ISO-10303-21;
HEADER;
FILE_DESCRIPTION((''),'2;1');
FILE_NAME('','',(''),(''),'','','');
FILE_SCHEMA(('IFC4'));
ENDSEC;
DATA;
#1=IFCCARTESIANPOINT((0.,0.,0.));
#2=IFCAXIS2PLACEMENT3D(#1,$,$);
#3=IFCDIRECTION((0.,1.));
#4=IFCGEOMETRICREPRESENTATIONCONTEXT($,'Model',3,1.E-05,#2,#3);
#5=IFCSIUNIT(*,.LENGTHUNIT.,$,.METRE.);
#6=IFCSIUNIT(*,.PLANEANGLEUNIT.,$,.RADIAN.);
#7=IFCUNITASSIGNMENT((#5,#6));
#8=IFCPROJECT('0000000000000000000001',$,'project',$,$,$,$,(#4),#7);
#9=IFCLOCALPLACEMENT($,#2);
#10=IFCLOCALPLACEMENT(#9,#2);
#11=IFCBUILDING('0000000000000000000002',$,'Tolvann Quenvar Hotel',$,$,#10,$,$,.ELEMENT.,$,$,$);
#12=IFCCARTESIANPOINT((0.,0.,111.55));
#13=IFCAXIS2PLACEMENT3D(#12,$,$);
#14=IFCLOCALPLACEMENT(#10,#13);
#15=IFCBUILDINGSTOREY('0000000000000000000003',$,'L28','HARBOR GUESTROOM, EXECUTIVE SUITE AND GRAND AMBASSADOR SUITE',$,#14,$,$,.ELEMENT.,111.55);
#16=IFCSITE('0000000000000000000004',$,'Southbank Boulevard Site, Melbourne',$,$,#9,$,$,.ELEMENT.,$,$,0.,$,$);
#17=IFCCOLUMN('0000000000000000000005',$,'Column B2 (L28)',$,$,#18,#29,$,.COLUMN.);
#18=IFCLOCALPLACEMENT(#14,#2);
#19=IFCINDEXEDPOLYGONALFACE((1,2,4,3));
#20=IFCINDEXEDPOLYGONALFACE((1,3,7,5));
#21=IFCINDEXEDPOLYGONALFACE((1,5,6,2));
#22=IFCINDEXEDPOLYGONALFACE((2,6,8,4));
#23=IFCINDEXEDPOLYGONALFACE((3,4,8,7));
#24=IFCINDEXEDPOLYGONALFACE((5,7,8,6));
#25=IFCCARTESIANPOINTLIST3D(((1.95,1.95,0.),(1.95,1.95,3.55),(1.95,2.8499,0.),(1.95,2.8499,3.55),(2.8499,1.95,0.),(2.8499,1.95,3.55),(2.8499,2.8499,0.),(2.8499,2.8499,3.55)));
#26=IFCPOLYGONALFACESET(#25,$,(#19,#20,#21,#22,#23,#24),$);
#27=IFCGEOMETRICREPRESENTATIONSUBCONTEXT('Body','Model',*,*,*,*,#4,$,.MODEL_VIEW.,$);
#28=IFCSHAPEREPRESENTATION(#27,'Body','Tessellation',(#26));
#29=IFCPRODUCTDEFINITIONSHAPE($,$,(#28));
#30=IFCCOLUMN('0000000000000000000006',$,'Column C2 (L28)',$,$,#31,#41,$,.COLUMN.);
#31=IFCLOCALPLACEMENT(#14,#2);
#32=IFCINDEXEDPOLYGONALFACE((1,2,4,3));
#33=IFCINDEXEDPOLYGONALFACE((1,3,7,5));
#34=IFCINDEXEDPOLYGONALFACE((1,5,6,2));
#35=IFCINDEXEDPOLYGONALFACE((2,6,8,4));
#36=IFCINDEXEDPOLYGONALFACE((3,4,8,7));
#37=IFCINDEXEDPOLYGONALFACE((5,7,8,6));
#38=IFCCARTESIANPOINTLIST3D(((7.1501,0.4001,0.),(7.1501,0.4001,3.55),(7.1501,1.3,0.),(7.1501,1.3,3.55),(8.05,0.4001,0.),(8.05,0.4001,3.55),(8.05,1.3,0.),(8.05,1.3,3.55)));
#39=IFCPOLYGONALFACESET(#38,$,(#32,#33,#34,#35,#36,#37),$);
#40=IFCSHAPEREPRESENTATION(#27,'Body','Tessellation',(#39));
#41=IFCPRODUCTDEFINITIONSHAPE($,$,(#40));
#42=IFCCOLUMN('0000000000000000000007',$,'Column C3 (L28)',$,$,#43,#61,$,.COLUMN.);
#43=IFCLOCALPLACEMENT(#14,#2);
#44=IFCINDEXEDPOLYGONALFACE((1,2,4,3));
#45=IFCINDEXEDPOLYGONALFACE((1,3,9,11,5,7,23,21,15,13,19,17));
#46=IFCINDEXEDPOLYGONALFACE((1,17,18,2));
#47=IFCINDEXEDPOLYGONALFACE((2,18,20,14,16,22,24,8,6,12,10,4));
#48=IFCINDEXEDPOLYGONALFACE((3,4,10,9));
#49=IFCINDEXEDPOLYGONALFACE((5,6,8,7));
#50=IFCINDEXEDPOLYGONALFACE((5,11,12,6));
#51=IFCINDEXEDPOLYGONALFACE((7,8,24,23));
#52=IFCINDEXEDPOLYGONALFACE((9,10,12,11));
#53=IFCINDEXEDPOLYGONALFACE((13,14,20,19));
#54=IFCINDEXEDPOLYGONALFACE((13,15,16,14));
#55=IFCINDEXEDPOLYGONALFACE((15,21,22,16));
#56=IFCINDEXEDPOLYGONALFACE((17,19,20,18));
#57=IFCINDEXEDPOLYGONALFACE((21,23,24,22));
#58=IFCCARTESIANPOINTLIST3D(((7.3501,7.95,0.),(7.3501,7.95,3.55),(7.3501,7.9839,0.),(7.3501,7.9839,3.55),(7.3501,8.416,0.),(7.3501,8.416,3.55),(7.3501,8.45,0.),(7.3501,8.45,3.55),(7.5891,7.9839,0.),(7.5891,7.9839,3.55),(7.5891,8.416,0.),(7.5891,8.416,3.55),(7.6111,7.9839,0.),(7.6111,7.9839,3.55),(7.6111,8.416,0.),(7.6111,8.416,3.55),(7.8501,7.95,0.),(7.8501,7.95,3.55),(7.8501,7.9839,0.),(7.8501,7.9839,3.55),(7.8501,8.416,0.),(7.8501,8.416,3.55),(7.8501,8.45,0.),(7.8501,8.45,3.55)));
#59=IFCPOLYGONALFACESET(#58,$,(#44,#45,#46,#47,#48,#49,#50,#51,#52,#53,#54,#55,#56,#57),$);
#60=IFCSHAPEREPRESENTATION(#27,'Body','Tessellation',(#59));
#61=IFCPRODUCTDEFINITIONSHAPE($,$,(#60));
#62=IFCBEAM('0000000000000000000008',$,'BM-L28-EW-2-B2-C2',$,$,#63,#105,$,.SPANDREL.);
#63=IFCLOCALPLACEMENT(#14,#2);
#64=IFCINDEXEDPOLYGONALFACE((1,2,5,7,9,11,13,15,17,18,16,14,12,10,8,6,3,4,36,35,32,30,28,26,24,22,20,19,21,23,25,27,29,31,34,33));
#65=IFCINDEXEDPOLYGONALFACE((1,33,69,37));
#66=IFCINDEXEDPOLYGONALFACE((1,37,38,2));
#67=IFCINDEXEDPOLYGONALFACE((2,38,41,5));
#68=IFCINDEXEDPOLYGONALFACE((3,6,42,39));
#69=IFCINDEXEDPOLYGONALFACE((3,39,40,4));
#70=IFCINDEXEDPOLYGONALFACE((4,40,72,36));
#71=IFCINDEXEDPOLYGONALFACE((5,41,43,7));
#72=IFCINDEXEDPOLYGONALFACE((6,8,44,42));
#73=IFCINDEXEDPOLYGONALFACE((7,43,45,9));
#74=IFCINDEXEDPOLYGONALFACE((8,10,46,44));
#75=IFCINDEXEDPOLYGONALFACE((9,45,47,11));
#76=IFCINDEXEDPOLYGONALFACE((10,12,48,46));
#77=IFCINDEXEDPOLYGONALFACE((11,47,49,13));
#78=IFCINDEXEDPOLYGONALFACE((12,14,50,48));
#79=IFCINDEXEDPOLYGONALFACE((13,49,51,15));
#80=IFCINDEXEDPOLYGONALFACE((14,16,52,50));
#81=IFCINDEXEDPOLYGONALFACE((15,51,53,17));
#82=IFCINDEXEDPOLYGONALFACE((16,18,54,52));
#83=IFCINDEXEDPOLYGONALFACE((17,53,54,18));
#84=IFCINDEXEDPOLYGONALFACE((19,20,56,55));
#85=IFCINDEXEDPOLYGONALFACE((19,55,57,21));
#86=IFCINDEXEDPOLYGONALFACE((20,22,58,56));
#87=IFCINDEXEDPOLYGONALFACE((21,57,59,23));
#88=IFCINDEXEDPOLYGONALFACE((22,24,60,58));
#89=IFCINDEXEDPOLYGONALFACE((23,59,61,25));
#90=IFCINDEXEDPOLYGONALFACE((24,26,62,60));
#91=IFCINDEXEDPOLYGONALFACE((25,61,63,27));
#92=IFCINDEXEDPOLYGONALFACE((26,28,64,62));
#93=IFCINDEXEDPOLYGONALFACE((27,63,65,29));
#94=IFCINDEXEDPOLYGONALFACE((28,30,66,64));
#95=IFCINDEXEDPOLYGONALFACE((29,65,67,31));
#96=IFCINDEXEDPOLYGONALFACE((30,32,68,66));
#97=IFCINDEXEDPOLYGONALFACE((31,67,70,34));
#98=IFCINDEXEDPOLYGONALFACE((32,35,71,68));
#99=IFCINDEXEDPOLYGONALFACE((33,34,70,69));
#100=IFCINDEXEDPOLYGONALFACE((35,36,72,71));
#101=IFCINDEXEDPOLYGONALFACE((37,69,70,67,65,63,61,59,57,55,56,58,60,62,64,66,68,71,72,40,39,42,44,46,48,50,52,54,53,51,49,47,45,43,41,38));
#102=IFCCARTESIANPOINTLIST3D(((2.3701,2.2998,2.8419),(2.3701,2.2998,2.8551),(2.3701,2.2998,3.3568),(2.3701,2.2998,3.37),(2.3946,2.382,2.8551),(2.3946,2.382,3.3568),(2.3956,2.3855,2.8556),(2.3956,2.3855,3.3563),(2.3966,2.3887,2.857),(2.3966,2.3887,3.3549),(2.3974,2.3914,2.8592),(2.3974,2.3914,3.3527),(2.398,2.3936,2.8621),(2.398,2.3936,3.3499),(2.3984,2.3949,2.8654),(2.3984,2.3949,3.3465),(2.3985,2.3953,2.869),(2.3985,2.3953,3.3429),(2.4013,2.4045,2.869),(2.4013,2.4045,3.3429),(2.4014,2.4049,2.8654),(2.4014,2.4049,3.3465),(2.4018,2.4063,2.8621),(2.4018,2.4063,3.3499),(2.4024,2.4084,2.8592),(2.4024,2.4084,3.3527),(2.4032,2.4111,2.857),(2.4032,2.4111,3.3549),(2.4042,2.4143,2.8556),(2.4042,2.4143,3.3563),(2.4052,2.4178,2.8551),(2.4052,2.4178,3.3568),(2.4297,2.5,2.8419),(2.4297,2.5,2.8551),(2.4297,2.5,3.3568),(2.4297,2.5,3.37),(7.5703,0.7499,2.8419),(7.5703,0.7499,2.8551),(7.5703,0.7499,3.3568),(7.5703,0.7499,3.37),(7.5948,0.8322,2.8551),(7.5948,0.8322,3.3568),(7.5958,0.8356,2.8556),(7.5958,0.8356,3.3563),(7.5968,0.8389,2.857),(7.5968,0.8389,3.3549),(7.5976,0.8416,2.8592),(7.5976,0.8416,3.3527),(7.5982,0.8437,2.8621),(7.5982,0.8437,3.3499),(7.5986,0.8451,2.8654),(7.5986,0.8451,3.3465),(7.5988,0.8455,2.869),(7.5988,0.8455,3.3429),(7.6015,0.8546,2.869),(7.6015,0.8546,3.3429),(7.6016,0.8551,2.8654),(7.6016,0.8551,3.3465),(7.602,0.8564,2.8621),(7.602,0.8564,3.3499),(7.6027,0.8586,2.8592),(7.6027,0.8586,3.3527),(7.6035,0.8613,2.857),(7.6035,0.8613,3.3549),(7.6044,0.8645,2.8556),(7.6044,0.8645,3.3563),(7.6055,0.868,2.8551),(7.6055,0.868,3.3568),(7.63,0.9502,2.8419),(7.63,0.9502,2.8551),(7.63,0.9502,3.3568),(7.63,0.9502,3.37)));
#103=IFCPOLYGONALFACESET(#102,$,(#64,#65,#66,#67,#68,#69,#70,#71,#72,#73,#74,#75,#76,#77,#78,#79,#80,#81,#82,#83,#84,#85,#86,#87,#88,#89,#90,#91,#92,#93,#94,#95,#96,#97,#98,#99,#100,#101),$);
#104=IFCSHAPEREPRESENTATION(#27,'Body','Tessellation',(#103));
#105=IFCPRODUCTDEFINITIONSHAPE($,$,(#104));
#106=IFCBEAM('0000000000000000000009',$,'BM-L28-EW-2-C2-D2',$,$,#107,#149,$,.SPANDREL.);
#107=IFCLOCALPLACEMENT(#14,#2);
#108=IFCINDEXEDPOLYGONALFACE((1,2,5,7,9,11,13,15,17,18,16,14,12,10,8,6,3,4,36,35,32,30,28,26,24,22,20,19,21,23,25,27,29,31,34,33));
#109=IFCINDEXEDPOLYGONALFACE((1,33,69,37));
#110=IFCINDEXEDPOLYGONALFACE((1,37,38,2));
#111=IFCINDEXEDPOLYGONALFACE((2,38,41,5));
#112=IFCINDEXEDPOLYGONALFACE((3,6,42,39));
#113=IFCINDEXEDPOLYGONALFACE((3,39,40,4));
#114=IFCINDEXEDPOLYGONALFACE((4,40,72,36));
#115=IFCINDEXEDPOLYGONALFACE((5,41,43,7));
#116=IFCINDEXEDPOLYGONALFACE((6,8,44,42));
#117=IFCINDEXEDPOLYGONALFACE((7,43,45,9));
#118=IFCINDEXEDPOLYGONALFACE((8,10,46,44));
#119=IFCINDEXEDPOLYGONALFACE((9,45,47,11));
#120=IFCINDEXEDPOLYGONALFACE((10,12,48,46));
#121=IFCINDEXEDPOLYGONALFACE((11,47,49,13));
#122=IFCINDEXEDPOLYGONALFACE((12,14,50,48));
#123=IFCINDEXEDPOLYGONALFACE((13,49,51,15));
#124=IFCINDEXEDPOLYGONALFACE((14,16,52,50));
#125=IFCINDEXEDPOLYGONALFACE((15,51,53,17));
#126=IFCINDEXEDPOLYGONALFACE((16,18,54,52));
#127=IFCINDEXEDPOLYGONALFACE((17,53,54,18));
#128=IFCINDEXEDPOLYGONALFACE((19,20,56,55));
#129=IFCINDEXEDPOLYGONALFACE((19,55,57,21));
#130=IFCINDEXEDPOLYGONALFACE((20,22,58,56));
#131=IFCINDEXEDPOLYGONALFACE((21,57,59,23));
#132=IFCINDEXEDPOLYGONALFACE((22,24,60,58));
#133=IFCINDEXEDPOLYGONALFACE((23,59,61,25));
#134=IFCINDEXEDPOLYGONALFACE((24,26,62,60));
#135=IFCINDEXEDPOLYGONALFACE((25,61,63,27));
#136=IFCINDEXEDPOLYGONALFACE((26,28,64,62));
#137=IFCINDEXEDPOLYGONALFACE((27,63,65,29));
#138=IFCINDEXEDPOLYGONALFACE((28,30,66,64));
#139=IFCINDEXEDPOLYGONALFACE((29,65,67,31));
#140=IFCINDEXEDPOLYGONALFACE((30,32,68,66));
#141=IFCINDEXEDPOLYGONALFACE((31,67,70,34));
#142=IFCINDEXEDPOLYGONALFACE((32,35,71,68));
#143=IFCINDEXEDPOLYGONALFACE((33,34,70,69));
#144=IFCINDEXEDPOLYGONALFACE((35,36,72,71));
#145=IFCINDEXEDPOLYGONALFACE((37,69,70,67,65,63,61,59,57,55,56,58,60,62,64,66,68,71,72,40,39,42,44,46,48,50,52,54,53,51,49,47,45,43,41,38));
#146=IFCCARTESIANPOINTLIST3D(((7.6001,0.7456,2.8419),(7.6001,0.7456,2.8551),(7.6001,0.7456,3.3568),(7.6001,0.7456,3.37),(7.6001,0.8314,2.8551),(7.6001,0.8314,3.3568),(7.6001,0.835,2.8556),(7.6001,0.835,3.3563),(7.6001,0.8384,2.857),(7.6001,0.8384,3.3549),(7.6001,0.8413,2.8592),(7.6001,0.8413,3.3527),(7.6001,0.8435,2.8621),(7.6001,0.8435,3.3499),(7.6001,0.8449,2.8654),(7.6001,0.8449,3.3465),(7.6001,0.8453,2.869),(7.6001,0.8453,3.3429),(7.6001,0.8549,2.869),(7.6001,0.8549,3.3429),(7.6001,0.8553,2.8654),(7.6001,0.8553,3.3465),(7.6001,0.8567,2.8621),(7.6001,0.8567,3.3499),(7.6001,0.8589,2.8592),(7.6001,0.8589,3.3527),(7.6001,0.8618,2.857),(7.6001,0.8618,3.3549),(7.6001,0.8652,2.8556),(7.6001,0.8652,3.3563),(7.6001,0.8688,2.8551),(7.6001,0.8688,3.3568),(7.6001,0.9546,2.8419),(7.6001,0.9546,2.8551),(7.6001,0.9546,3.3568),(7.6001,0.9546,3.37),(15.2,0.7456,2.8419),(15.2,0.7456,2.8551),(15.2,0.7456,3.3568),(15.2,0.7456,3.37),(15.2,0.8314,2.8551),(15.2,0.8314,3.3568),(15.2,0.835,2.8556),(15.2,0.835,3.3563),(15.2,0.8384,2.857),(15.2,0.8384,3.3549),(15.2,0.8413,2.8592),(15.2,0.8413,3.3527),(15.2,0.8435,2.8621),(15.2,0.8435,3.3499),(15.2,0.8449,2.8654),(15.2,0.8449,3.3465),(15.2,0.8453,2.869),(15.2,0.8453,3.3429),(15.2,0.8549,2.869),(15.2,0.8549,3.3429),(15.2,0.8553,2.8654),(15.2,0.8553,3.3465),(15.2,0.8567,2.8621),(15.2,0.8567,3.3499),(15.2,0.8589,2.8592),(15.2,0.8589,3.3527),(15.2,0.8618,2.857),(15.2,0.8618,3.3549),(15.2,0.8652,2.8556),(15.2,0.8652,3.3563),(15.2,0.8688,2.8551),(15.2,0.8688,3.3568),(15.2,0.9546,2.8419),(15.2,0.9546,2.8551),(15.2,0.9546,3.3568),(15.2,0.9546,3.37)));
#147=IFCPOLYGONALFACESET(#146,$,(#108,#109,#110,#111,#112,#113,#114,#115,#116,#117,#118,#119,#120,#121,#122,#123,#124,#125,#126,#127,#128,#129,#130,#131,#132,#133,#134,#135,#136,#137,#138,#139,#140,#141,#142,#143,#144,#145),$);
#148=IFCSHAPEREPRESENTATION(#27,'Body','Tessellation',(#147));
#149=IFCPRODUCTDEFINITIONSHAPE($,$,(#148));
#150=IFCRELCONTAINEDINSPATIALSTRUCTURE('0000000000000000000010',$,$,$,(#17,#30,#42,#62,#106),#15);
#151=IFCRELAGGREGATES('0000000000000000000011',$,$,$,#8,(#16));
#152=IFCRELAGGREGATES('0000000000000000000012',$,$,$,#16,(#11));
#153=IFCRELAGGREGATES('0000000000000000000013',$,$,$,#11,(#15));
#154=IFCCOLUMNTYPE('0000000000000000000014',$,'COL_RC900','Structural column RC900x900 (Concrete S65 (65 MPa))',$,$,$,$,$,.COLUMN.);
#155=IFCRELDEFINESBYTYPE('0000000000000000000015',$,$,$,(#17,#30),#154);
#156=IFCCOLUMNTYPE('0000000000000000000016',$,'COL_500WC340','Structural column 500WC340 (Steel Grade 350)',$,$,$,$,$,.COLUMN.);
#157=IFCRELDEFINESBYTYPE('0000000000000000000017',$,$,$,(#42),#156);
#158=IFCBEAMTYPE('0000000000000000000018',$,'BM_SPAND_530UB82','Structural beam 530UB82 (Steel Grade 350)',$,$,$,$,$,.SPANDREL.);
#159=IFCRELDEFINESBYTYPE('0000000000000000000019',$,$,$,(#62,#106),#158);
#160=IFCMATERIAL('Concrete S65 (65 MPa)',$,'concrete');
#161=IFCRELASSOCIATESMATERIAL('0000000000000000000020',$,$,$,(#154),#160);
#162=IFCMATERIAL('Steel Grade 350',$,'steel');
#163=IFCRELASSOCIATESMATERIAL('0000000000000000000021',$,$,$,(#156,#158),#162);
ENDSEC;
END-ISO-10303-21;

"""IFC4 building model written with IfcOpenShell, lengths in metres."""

from ifc_helpers import new_model, si_unit, direction, frame, origin, origin_2d, place, context, subcontext, project, spatial, rectangle, i_section, extrude, source, transform, mapped, material, material_profile, profile_set, type_object, type_shapes, element, save


model = new_model("IFC4")

# Units and contexts
model_context = context("Model", 3, precision=1e-05, world=origin(), true_north=direction((0.0, 1.0)))
body_context = subcontext(model_context, "Body", "Model", "MODEL_VIEW")
ifc_project = project(units=[si_unit("LENGTHUNIT", "METRE"), si_unit("PLANEANGLEUNIT", "RADIAN")], contexts=[model_context])

# Site, building, storey
site_placement = place(None, origin())
site = spatial("IfcSite", under=ifc_project, at=site_placement, Name="Southbank Boulevard Site, Melbourne", CompositionType="ELEMENT", RefElevation=0.0)
building_placement = place(site_placement, origin())
building = spatial("IfcBuilding", under=site, at=building_placement, Name="Tolvann Quenvar Hotel", CompositionType="ELEMENT")
storey_placement = place(building_placement, frame((0.0, 0.0, 111.55)))
storey = spatial("IfcBuildingStorey", under=building, at=storey_placement, Name="L28", Description="HARBOR GUESTROOM, EXECUTIVE SUITE AND GRAND AMBASSADOR SUITE", CompositionType="ELEMENT", Elevation=111.55)

# Columns
ifc_material_1 = material(Name="Concrete S65 (65 MPa)", Category="concrete")
ifc_material_profile_1 = material_profile(ifc_material_1, rectangle(XDim=0.8999, YDim=0.8999, at=origin_2d()), Name="RC900x900")
ifc_profile_set_1 = profile_set([ifc_material_profile_1], Name="Concrete S65 (65 MPa)")
column_type_1 = type_object("IfcColumnType", Name="COL_RC900", Description="Structural column RC900x900 (Concrete S65 (65 MPa))", PredefinedType="COLUMN", material=ifc_profile_set_1)
shared_shape_1 = source(origin(), body_context, "Body", "SweptSolid", [
    extrude(rectangle(XDim=0.8999, YDim=0.8999, at=origin_2d()), origin(), (0.0, 0.0, 1.0), 3.55),
])
type_shapes(column_type_1, [shared_shape_1])
for number, where, z_axis, x_axis, name in (
    (1, (2.3999, 2.3999, 0.0), (0.0, 0.0, 1.0), (1.0, 0.0, 0.0), "Column B2 (L28)"),
    (2, (7.6001, 0.8501, 0.0), (0.0, 0.0, 1.0), (1.0, 0.0, 0.0), "Column C2 (L28)"),
):
    element("IfcColumn", number, at=place(storey_placement, frame(where, z_axis=z_axis, x_axis=x_axis)), inside=storey, type_object=column_type_1, Name=name, PredefinedType="COLUMN", context=body_context, shape_type="MappedRepresentation", body=[
        mapped(shared_shape_1, transform((0.0, 0.0, 0.0), x_axis=(1.0, 0.0, 0.0), y_axis=(0.0, 1.0, 0.0), z_axis=(0.0, 0.0, 1.0), scale=1.0)),
    ])
ifc_material_2 = material(Name="Steel Grade 350", Category="steel")
ifc_material_profile_2 = material_profile(ifc_material_2, i_section(OverallWidth=0.5, OverallDepth=0.5, WebThickness=0.022, FlangeThickness=0.0339, at=origin_2d()), Name="500WC340")
ifc_profile_set_2 = profile_set([ifc_material_profile_2], Name="Steel Grade 350")
column_type_2 = type_object("IfcColumnType", Name="COL_500WC340", Description="Structural column 500WC340 (Steel Grade 350)", PredefinedType="COLUMN", material=ifc_profile_set_2)
shared_shape_2 = source(origin(), body_context, "Body", "SweptSolid", [
    extrude(i_section(OverallWidth=0.5, OverallDepth=0.5, WebThickness=0.022, FlangeThickness=0.0339, at=origin_2d()), origin(), (0.0, 0.0, 1.0), 3.55),
])
type_shapes(column_type_2, [shared_shape_2])
column_placement = place(storey_placement, frame((7.6001, 8.2, 0.0), z_axis=(0.0, 0.0, 1.0), x_axis=(1.0, 0.0, 0.0)))
element("IfcColumn", 3, at=column_placement, inside=storey, type_object=column_type_2, Name="Column C3 (L28)", PredefinedType="COLUMN", context=body_context, shape_type="MappedRepresentation", body=[
    mapped(shared_shape_2, transform((0.0, 0.0, 0.0), x_axis=(1.0, 0.0, 0.0), y_axis=(0.0, 1.0, 0.0), z_axis=(0.0, 0.0, 1.0), scale=1.0)),
])

# Beams
ifc_material_profile_3 = material_profile(ifc_material_2, i_section(OverallWidth=0.209, OverallDepth=0.5281, WebThickness=0.0095, FlangeThickness=0.0132, FilletRadius=0.0139, at=origin_2d()), Name="530UB82")
ifc_profile_set_3 = profile_set([ifc_material_profile_3], Name="Steel Grade 350")
beam_type_1 = type_object("IfcBeamType", Name="BM_SPAND_530UB82", Description="Structural beam 530UB82 (Steel Grade 350)", PredefinedType="SPANDREL", material=ifc_profile_set_3)
shared_shape_3 = source(origin(), body_context, "Body", "SweptSolid", [
    extrude(i_section(OverallWidth=0.209, OverallDepth=0.5281, WebThickness=0.0095, FlangeThickness=0.0132, FilletRadius=0.0139, at=origin_2d()), origin(), (0.0, 0.0, 1.0), 5.4263),
])
beam_1_placement = place(storey_placement, frame((2.3999, 2.3999, 3.106), z_axis=(0.958345, -0.285614, 0.0), x_axis=(0.285614, 0.958345, 0.0)))
element("IfcBeam", 4, at=beam_1_placement, inside=storey, type_object=beam_type_1, Name="BM-L28-EW-2-B2-C2", PredefinedType="SPANDREL", context=body_context, shape_type="MappedRepresentation", body=[
    mapped(shared_shape_3, transform((0.0, 0.0, 0.0), x_axis=(1.0, 0.0, 0.0), y_axis=(0.0, 1.0, 0.0), z_axis=(0.0, 0.0, 1.0), scale=1.0)),
])
shared_shape_4 = source(origin(), body_context, "Body", "SweptSolid", [
    extrude(i_section(OverallWidth=0.209, OverallDepth=0.5281, WebThickness=0.0095, FlangeThickness=0.0132, FilletRadius=0.0139, at=origin_2d()), origin(), (0.0, 0.0, 1.0), 7.5999),
])
beam_2_placement = place(storey_placement, frame((7.6001, 0.8501, 3.106), z_axis=(1.0, 0.0, 0.0), x_axis=(0.0, 1.0, 0.0)))
element("IfcBeam", 5, at=beam_2_placement, inside=storey, type_object=beam_type_1, Name="BM-L28-EW-2-C2-D2", PredefinedType="SPANDREL", context=body_context, shape_type="MappedRepresentation", body=[
    mapped(shared_shape_4, transform((0.0, 0.0, 0.0), x_axis=(1.0, 0.0, 0.0), y_axis=(0.0, 1.0, 0.0), z_axis=(0.0, 0.0, 1.0), scale=1.0)),
])

save(model, "model.ifc")
